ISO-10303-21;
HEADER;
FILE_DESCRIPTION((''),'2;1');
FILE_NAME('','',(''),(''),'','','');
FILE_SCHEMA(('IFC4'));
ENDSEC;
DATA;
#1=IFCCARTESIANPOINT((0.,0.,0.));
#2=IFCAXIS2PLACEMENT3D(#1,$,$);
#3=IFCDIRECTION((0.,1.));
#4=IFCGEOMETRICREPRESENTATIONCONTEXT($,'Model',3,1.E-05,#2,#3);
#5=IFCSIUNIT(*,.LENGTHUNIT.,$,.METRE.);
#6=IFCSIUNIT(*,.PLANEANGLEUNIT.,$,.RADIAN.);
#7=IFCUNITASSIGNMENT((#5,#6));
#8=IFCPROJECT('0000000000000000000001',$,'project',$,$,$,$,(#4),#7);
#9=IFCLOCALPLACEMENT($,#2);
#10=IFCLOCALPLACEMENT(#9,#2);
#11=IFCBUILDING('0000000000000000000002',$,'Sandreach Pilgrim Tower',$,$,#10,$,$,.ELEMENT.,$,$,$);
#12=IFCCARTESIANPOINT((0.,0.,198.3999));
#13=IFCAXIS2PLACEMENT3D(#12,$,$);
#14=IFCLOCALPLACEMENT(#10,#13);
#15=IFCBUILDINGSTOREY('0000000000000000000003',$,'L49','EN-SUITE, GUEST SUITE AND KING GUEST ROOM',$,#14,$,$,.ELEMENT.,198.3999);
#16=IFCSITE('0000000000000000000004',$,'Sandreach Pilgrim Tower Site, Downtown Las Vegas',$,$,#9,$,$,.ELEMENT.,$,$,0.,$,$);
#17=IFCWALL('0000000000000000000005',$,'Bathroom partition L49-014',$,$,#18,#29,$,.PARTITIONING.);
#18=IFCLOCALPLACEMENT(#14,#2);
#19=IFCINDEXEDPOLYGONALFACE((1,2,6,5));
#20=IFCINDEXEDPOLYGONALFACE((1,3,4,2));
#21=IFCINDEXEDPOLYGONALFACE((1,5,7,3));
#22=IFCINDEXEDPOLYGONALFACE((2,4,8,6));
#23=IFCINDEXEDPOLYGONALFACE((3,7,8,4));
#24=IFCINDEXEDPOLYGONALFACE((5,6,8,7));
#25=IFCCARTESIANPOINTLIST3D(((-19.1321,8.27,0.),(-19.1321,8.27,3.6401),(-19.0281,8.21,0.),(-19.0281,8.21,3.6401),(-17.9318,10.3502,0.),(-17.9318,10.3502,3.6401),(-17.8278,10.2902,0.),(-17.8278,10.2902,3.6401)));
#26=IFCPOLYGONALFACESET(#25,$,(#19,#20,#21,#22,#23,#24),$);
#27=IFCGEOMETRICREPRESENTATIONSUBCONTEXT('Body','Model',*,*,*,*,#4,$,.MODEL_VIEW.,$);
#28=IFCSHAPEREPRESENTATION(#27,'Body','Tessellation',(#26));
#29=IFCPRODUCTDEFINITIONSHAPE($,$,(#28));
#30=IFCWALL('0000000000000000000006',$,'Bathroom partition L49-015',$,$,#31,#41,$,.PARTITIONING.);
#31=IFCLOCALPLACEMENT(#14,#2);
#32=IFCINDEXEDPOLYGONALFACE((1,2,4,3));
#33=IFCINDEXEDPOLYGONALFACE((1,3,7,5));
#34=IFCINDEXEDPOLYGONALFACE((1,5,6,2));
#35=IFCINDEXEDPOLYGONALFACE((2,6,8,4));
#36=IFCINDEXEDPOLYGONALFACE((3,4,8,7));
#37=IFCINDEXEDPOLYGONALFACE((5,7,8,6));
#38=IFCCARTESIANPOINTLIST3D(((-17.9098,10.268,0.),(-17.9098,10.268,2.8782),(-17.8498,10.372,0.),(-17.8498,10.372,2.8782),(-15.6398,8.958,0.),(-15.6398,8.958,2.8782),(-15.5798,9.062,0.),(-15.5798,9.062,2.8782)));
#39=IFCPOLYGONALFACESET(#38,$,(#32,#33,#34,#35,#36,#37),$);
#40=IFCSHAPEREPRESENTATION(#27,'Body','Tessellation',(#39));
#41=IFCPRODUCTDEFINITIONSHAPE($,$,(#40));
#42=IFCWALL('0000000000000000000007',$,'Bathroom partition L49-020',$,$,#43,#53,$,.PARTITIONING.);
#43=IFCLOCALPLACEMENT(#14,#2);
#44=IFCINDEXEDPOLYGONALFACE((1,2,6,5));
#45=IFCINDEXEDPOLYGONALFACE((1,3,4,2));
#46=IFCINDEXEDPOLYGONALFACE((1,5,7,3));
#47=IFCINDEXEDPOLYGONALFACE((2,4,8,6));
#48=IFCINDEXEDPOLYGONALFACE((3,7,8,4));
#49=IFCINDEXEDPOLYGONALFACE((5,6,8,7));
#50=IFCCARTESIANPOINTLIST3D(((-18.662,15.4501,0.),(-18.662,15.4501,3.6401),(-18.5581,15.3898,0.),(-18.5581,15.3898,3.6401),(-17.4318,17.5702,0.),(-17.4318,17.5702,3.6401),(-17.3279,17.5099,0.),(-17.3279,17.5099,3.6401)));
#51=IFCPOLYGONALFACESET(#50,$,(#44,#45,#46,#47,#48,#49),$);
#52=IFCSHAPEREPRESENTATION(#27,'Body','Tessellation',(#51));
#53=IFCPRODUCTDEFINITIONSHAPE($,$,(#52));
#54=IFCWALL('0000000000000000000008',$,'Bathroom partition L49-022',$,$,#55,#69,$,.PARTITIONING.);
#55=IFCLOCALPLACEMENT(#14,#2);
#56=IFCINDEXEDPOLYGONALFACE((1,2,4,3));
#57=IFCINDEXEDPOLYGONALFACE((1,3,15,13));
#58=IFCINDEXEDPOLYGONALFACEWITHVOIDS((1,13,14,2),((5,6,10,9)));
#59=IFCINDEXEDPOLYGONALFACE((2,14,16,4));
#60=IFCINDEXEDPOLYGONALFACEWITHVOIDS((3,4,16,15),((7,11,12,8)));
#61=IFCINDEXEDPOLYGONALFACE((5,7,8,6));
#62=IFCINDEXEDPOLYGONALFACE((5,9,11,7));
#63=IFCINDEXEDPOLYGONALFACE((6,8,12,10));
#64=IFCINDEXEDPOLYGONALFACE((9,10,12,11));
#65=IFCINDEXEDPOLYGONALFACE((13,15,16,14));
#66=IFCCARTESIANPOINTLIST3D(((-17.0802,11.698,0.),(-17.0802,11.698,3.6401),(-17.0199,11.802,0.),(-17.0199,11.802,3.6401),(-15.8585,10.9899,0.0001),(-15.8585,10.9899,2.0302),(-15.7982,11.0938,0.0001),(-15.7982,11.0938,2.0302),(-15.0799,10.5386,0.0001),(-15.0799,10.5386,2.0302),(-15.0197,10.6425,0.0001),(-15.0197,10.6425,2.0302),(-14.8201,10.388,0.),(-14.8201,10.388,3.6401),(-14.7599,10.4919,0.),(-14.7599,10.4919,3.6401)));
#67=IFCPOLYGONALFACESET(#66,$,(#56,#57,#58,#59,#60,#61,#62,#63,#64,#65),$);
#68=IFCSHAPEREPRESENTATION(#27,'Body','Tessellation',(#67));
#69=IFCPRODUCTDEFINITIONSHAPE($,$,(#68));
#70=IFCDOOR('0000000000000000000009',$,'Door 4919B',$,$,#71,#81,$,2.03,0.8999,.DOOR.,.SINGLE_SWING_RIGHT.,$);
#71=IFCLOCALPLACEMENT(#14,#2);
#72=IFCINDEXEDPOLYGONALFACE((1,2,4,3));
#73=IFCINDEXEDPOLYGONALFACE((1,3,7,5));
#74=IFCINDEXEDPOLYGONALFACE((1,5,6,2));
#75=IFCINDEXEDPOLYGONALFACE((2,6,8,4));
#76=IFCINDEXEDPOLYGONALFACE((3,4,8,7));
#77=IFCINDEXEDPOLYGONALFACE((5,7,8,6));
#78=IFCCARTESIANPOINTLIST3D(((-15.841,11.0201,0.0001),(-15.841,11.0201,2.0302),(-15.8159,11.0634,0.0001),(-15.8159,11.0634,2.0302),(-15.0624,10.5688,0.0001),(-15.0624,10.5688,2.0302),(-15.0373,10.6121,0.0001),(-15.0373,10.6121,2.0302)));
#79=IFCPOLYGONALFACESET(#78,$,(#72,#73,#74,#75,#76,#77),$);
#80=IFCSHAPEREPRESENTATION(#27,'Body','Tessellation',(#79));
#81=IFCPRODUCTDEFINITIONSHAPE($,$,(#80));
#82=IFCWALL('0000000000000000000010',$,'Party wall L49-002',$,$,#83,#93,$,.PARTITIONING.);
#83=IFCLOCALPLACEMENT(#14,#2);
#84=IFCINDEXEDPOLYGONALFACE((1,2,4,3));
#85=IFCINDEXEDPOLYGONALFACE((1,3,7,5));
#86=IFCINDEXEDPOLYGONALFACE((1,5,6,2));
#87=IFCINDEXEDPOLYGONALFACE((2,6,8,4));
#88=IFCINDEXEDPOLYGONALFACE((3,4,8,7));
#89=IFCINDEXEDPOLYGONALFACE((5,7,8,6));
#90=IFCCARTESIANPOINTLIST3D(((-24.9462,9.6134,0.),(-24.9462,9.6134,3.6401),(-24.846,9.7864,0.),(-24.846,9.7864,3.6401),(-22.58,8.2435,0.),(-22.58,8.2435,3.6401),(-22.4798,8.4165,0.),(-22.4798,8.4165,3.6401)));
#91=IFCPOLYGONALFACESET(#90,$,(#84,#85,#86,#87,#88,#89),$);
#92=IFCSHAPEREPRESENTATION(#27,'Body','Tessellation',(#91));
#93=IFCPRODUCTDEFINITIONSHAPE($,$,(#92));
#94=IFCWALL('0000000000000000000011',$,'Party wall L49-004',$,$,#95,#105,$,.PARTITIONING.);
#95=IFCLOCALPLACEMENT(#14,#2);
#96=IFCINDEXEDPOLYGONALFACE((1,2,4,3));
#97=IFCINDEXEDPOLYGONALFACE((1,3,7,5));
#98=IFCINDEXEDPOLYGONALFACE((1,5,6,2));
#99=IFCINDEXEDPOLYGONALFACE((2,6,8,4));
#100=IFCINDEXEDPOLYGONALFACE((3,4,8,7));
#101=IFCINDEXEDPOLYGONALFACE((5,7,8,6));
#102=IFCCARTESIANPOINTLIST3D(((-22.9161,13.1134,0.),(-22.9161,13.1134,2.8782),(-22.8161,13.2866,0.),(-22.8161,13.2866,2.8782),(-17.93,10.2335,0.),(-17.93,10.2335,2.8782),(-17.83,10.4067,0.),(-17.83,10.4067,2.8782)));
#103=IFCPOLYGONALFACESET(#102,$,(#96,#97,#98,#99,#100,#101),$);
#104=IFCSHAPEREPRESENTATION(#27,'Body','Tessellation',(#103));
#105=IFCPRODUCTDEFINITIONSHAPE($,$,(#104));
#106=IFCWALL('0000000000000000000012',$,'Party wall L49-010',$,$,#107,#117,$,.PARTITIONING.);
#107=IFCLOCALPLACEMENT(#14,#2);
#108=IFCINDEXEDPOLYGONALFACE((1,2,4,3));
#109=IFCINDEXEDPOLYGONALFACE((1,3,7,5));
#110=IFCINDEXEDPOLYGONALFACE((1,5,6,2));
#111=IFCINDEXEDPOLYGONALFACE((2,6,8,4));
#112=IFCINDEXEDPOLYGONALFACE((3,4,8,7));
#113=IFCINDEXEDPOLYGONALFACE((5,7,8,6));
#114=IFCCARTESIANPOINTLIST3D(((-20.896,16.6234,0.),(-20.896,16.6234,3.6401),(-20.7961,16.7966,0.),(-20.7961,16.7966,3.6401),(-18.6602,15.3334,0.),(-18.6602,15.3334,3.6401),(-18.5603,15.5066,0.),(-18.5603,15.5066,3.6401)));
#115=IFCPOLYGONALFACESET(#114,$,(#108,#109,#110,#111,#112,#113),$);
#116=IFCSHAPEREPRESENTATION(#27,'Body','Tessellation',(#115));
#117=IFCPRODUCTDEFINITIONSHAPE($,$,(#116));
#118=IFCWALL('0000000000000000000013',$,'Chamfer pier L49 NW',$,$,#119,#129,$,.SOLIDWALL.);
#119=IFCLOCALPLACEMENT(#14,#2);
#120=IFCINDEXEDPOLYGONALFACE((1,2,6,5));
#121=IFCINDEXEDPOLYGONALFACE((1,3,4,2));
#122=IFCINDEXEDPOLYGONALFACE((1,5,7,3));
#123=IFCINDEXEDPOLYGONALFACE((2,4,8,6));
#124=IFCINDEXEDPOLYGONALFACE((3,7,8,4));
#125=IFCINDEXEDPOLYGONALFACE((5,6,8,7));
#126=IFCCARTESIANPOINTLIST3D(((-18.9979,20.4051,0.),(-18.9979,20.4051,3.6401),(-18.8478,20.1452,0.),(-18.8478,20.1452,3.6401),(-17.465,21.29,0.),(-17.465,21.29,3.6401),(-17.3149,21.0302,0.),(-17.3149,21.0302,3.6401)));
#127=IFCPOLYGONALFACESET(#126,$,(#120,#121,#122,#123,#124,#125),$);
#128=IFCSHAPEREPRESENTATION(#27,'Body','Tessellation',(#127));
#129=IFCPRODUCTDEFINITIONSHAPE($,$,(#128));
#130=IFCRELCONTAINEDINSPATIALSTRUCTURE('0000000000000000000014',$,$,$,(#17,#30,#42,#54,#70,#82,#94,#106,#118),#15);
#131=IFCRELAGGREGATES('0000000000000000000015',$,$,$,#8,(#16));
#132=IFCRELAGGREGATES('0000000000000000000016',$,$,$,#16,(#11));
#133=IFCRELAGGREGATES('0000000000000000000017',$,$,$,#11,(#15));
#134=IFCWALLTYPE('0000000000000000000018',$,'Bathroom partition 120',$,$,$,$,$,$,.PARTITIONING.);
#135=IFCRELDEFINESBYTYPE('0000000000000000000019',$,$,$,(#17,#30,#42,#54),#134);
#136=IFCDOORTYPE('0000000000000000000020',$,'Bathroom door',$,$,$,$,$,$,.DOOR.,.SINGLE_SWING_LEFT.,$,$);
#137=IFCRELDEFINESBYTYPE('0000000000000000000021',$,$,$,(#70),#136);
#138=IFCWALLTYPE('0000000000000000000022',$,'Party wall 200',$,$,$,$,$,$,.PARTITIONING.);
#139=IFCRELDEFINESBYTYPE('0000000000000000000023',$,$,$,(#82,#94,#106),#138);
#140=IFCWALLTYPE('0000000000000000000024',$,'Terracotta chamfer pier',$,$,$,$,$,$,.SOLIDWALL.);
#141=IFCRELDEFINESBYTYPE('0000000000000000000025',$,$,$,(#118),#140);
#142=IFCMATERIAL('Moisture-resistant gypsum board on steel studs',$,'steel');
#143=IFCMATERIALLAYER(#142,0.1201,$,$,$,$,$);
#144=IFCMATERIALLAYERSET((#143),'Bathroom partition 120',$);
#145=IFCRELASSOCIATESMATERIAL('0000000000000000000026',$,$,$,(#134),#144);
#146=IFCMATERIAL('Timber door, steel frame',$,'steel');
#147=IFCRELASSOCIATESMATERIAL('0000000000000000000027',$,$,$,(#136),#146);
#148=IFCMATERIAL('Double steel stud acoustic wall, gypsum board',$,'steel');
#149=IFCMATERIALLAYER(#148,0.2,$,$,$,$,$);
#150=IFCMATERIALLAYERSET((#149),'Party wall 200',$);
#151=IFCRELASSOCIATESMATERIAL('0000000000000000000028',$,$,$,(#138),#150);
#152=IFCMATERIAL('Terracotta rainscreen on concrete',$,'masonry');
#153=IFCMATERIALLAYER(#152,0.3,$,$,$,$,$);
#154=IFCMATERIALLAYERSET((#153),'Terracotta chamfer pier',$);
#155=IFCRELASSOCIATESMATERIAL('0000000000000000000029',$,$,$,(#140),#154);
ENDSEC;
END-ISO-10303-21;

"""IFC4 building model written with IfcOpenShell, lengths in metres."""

from ifc_helpers import new_model, si_unit, direction, frame, frame_2d, origin, place, context, subcontext, project, spatial, rectangle, extrude, material, layer, layer_set, type_object, element, fill, save


model = new_model("IFC4")

# Units and contexts
model_context = context("Model", 3, precision=1e-05, world=origin(), true_north=direction((0.0, 1.0)))
body_context = subcontext(model_context, "Body", "Model", "MODEL_VIEW")
ifc_project = project(units=[si_unit("LENGTHUNIT", "METRE"), si_unit("PLANEANGLEUNIT", "RADIAN")], contexts=[model_context])

# Site, building, storey
site_placement = place(None, origin())
site = spatial("IfcSite", under=ifc_project, at=site_placement, Name="Sandreach Pilgrim Tower Site, Downtown Las Vegas", CompositionType="ELEMENT", RefElevation=0.0)
building_placement = place(site_placement, origin())
building = spatial("IfcBuilding", under=site, at=building_placement, Name="Sandreach Pilgrim Tower", CompositionType="ELEMENT")
storey_placement = place(building_placement, frame((0.0, 0.0, 198.3999)))
storey = spatial("IfcBuildingStorey", under=building, at=storey_placement, Name="L49", Description="EN-SUITE, GUEST SUITE AND KING GUEST ROOM", CompositionType="ELEMENT", Elevation=198.3999)

# Walls
ifc_material_1 = material(Name="Moisture-resistant gypsum board on steel studs", Category="steel")
ifc_layer_1 = layer(ifc_material_1, 0.1201)
ifc_layer_set_1 = layer_set([ifc_layer_1], Name="Bathroom partition 120")
wall_type_1 = type_object("IfcWallType", Name="Bathroom partition 120", PredefinedType="PARTITIONING", material=ifc_layer_set_1)
wall_1_placement = place(storey_placement, frame((-17.8799, 10.3201, 0.0), z_axis=(0.0, 0.0, 1.0), x_axis=(-0.499769, -0.866159, 0.0)))
element("IfcWall", 1, at=wall_1_placement, inside=storey, type_object=wall_type_1, Name="Bathroom partition L49-014", PredefinedType="PARTITIONING", context=body_context, shape_type="SweptSolid", body=[
    extrude(rectangle(XDim=2.4016, YDim=0.1201, at=frame_2d((1.2007, 0.0))), origin(), (0.0, 0.0, 1.0), 3.6401),
])
wall_2_placement = place(storey_placement, frame((-17.8799, 10.3201, 0.0), z_axis=(0.0, 0.0, 1.0), x_axis=(0.866114, -0.499846, 0.0)))
element("IfcWall", 2, at=wall_2_placement, inside=storey, type_object=wall_type_1, Name="Bathroom partition L49-015", PredefinedType="PARTITIONING", context=body_context, shape_type="SweptSolid", body=[
    extrude(rectangle(XDim=2.6208, YDim=0.1201, at=frame_2d((1.3105, 0.0))), origin(), (0.0, 0.0, 1.0), 2.8782),
])
wall_3_placement = place(storey_placement, frame((-17.3799, 17.54, 0.0), z_axis=(0.0, 0.0, 1.0), x_axis=(-0.501888, -0.864933, 0.0)))
element("IfcWall", 3, at=wall_3_placement, inside=storey, type_object=wall_type_1, Name="Bathroom partition L49-020", PredefinedType="PARTITIONING", context=body_context, shape_type="SweptSolid", body=[
    extrude(rectangle(XDim=2.4512, YDim=0.1201, at=frame_2d((1.2256, 0.0))), origin(), (0.0, 0.0, 1.0), 3.6401),
])

# Wall, opening, door
wall_4_placement = place(storey_placement, frame((-17.05, 11.75, 0.0), z_axis=(0.0, 0.0, 1.0), x_axis=(0.865155, -0.501504, 0.0)))
wall_4 = element("IfcWall", 4, at=wall_4_placement, inside=storey, type_object=wall_type_1, Name="Bathroom partition L49-022", PredefinedType="PARTITIONING", context=body_context, shape_type="SweptSolid", body=[
    extrude(rectangle(XDim=2.6123, YDim=0.1201, at=frame_2d((1.3062, 0.0))), origin(), (0.0, 0.0, 1.0), 3.6401),
])
opening_placement = place(wall_4_placement, frame((1.4121, 0.0, 0.0)))
opening = element("IfcOpeningElement", 5, at=opening_placement, cuts=wall_4, PredefinedType="OPENING", context=body_context, shape_type="SweptSolid", body=[
    extrude(rectangle(XDim=0.8999, YDim=2.03, at=frame_2d((0.45, 1.0151))), frame((0.0, 0.0601, 0.0), z_axis=(0.0, -1.0, 0.0), x_axis=(1.0, 0.0, 0.0)), (0.0, 0.0, 1.0), 0.1201),
])
ifc_material_2 = material(Name="Timber door, steel frame", Category="steel")
door_type = type_object("IfcDoorType", Name="Bathroom door", OperationType="SINGLE_SWING_LEFT", PredefinedType="DOOR", material=ifc_material_2)
door_placement = place(opening_placement, origin())
door = element("IfcDoor", 6, at=door_placement, inside=storey, type_object=door_type, Name="Door 4919B", OperationType="SINGLE_SWING_RIGHT", OverallHeight=2.03, OverallWidth=0.8999, PredefinedType="DOOR", context=body_context, shape_type="SweptSolid", body=[
    extrude(rectangle(XDim=0.8999, YDim=2.03, at=frame_2d((0.45, 1.0151))), frame((0.0, 0.0249, 0.0), z_axis=(0.0, -1.0, 0.0), x_axis=(1.0, 0.0, 0.0)), (0.0, 0.0, 1.0), 0.05),
])
fill(opening, door)

# Walls
ifc_material_3 = material(Name="Double steel stud acoustic wall, gypsum board", Category="steel")
ifc_layer_2 = layer(ifc_material_3, 0.2)
ifc_layer_set_2 = layer_set([ifc_layer_2], Name="Party wall 200")
wall_type_2 = type_object("IfcWallType", Name="Party wall 200", PredefinedType="PARTITIONING", material=ifc_layer_set_2)
wall_5_placement = place(storey_placement, frame((-24.8962, 9.7, 0.0), z_axis=(0.0, 0.0, 1.0), x_axis=(0.865432, -0.501026, 0.0)))
element("IfcWall", 7, at=wall_5_placement, inside=storey, type_object=wall_type_2, Name="Party wall L49-002", PredefinedType="PARTITIONING", context=body_context, shape_type="SweptSolid", body=[
    extrude(rectangle(XDim=2.7341, YDim=0.2, at=frame_2d((1.3672, 0.0))), origin(), (0.0, 0.0, 1.0), 3.6401),
])
wall_6_placement = place(storey_placement, frame((-22.866, 13.2, 0.0), z_axis=(0.0, 0.0, 1.0), x_axis=(0.865938, -0.500152, 0.0)))
element("IfcWall", 8, at=wall_6_placement, inside=storey, type_object=wall_type_2, Name="Party wall L49-004", PredefinedType="PARTITIONING", context=body_context, shape_type="SweptSolid", body=[
    extrude(rectangle(XDim=5.7581, YDim=0.2, at=frame_2d((2.8789, 0.0))), origin(), (0.0, 0.0, 1.0), 2.8782),
])
wall_7_placement = place(storey_placement, frame((-20.8459, 16.71, 0.0), z_axis=(0.0, 0.0, 1.0), x_axis=(0.866164, -0.499761, 0.0)))
element("IfcWall", 9, at=wall_7_placement, inside=storey, type_object=wall_type_2, Name="Party wall L49-010", PredefinedType="PARTITIONING", context=body_context, shape_type="SweptSolid", body=[
    extrude(rectangle(XDim=2.5813, YDim=0.2, at=frame_2d((1.2905, 0.0))), origin(), (0.0, 0.0, 1.0), 3.6401),
])
ifc_material_4 = material(Name="Terracotta rainscreen on concrete", Category="masonry")
ifc_layer_3 = layer(ifc_material_4, 0.3)
ifc_layer_set_3 = layer_set([ifc_layer_3], Name="Terracotta chamfer pier")
wall_type_3 = type_object("IfcWallType", Name="Terracotta chamfer pier", PredefinedType="SOLIDWALL", material=ifc_layer_set_3)
wall_8_placement = place(storey_placement, frame((-18.9229, 20.2751, 0.0), z_axis=(0.0, 0.0, 1.0), x_axis=(0.866036, 0.499981, 0.0)))
element("IfcWall", 10, at=wall_8_placement, inside=storey, type_object=wall_type_3, Name="Chamfer pier L49 NW", PredefinedType="SOLIDWALL", context=body_context, shape_type="SweptSolid", body=[
    extrude(rectangle(XDim=1.77, YDim=0.3, at=frame_2d((0.885, 0.0))), origin(), (0.0, 0.0, 1.0), 3.6401),
])

save(model, "model.ifc")
